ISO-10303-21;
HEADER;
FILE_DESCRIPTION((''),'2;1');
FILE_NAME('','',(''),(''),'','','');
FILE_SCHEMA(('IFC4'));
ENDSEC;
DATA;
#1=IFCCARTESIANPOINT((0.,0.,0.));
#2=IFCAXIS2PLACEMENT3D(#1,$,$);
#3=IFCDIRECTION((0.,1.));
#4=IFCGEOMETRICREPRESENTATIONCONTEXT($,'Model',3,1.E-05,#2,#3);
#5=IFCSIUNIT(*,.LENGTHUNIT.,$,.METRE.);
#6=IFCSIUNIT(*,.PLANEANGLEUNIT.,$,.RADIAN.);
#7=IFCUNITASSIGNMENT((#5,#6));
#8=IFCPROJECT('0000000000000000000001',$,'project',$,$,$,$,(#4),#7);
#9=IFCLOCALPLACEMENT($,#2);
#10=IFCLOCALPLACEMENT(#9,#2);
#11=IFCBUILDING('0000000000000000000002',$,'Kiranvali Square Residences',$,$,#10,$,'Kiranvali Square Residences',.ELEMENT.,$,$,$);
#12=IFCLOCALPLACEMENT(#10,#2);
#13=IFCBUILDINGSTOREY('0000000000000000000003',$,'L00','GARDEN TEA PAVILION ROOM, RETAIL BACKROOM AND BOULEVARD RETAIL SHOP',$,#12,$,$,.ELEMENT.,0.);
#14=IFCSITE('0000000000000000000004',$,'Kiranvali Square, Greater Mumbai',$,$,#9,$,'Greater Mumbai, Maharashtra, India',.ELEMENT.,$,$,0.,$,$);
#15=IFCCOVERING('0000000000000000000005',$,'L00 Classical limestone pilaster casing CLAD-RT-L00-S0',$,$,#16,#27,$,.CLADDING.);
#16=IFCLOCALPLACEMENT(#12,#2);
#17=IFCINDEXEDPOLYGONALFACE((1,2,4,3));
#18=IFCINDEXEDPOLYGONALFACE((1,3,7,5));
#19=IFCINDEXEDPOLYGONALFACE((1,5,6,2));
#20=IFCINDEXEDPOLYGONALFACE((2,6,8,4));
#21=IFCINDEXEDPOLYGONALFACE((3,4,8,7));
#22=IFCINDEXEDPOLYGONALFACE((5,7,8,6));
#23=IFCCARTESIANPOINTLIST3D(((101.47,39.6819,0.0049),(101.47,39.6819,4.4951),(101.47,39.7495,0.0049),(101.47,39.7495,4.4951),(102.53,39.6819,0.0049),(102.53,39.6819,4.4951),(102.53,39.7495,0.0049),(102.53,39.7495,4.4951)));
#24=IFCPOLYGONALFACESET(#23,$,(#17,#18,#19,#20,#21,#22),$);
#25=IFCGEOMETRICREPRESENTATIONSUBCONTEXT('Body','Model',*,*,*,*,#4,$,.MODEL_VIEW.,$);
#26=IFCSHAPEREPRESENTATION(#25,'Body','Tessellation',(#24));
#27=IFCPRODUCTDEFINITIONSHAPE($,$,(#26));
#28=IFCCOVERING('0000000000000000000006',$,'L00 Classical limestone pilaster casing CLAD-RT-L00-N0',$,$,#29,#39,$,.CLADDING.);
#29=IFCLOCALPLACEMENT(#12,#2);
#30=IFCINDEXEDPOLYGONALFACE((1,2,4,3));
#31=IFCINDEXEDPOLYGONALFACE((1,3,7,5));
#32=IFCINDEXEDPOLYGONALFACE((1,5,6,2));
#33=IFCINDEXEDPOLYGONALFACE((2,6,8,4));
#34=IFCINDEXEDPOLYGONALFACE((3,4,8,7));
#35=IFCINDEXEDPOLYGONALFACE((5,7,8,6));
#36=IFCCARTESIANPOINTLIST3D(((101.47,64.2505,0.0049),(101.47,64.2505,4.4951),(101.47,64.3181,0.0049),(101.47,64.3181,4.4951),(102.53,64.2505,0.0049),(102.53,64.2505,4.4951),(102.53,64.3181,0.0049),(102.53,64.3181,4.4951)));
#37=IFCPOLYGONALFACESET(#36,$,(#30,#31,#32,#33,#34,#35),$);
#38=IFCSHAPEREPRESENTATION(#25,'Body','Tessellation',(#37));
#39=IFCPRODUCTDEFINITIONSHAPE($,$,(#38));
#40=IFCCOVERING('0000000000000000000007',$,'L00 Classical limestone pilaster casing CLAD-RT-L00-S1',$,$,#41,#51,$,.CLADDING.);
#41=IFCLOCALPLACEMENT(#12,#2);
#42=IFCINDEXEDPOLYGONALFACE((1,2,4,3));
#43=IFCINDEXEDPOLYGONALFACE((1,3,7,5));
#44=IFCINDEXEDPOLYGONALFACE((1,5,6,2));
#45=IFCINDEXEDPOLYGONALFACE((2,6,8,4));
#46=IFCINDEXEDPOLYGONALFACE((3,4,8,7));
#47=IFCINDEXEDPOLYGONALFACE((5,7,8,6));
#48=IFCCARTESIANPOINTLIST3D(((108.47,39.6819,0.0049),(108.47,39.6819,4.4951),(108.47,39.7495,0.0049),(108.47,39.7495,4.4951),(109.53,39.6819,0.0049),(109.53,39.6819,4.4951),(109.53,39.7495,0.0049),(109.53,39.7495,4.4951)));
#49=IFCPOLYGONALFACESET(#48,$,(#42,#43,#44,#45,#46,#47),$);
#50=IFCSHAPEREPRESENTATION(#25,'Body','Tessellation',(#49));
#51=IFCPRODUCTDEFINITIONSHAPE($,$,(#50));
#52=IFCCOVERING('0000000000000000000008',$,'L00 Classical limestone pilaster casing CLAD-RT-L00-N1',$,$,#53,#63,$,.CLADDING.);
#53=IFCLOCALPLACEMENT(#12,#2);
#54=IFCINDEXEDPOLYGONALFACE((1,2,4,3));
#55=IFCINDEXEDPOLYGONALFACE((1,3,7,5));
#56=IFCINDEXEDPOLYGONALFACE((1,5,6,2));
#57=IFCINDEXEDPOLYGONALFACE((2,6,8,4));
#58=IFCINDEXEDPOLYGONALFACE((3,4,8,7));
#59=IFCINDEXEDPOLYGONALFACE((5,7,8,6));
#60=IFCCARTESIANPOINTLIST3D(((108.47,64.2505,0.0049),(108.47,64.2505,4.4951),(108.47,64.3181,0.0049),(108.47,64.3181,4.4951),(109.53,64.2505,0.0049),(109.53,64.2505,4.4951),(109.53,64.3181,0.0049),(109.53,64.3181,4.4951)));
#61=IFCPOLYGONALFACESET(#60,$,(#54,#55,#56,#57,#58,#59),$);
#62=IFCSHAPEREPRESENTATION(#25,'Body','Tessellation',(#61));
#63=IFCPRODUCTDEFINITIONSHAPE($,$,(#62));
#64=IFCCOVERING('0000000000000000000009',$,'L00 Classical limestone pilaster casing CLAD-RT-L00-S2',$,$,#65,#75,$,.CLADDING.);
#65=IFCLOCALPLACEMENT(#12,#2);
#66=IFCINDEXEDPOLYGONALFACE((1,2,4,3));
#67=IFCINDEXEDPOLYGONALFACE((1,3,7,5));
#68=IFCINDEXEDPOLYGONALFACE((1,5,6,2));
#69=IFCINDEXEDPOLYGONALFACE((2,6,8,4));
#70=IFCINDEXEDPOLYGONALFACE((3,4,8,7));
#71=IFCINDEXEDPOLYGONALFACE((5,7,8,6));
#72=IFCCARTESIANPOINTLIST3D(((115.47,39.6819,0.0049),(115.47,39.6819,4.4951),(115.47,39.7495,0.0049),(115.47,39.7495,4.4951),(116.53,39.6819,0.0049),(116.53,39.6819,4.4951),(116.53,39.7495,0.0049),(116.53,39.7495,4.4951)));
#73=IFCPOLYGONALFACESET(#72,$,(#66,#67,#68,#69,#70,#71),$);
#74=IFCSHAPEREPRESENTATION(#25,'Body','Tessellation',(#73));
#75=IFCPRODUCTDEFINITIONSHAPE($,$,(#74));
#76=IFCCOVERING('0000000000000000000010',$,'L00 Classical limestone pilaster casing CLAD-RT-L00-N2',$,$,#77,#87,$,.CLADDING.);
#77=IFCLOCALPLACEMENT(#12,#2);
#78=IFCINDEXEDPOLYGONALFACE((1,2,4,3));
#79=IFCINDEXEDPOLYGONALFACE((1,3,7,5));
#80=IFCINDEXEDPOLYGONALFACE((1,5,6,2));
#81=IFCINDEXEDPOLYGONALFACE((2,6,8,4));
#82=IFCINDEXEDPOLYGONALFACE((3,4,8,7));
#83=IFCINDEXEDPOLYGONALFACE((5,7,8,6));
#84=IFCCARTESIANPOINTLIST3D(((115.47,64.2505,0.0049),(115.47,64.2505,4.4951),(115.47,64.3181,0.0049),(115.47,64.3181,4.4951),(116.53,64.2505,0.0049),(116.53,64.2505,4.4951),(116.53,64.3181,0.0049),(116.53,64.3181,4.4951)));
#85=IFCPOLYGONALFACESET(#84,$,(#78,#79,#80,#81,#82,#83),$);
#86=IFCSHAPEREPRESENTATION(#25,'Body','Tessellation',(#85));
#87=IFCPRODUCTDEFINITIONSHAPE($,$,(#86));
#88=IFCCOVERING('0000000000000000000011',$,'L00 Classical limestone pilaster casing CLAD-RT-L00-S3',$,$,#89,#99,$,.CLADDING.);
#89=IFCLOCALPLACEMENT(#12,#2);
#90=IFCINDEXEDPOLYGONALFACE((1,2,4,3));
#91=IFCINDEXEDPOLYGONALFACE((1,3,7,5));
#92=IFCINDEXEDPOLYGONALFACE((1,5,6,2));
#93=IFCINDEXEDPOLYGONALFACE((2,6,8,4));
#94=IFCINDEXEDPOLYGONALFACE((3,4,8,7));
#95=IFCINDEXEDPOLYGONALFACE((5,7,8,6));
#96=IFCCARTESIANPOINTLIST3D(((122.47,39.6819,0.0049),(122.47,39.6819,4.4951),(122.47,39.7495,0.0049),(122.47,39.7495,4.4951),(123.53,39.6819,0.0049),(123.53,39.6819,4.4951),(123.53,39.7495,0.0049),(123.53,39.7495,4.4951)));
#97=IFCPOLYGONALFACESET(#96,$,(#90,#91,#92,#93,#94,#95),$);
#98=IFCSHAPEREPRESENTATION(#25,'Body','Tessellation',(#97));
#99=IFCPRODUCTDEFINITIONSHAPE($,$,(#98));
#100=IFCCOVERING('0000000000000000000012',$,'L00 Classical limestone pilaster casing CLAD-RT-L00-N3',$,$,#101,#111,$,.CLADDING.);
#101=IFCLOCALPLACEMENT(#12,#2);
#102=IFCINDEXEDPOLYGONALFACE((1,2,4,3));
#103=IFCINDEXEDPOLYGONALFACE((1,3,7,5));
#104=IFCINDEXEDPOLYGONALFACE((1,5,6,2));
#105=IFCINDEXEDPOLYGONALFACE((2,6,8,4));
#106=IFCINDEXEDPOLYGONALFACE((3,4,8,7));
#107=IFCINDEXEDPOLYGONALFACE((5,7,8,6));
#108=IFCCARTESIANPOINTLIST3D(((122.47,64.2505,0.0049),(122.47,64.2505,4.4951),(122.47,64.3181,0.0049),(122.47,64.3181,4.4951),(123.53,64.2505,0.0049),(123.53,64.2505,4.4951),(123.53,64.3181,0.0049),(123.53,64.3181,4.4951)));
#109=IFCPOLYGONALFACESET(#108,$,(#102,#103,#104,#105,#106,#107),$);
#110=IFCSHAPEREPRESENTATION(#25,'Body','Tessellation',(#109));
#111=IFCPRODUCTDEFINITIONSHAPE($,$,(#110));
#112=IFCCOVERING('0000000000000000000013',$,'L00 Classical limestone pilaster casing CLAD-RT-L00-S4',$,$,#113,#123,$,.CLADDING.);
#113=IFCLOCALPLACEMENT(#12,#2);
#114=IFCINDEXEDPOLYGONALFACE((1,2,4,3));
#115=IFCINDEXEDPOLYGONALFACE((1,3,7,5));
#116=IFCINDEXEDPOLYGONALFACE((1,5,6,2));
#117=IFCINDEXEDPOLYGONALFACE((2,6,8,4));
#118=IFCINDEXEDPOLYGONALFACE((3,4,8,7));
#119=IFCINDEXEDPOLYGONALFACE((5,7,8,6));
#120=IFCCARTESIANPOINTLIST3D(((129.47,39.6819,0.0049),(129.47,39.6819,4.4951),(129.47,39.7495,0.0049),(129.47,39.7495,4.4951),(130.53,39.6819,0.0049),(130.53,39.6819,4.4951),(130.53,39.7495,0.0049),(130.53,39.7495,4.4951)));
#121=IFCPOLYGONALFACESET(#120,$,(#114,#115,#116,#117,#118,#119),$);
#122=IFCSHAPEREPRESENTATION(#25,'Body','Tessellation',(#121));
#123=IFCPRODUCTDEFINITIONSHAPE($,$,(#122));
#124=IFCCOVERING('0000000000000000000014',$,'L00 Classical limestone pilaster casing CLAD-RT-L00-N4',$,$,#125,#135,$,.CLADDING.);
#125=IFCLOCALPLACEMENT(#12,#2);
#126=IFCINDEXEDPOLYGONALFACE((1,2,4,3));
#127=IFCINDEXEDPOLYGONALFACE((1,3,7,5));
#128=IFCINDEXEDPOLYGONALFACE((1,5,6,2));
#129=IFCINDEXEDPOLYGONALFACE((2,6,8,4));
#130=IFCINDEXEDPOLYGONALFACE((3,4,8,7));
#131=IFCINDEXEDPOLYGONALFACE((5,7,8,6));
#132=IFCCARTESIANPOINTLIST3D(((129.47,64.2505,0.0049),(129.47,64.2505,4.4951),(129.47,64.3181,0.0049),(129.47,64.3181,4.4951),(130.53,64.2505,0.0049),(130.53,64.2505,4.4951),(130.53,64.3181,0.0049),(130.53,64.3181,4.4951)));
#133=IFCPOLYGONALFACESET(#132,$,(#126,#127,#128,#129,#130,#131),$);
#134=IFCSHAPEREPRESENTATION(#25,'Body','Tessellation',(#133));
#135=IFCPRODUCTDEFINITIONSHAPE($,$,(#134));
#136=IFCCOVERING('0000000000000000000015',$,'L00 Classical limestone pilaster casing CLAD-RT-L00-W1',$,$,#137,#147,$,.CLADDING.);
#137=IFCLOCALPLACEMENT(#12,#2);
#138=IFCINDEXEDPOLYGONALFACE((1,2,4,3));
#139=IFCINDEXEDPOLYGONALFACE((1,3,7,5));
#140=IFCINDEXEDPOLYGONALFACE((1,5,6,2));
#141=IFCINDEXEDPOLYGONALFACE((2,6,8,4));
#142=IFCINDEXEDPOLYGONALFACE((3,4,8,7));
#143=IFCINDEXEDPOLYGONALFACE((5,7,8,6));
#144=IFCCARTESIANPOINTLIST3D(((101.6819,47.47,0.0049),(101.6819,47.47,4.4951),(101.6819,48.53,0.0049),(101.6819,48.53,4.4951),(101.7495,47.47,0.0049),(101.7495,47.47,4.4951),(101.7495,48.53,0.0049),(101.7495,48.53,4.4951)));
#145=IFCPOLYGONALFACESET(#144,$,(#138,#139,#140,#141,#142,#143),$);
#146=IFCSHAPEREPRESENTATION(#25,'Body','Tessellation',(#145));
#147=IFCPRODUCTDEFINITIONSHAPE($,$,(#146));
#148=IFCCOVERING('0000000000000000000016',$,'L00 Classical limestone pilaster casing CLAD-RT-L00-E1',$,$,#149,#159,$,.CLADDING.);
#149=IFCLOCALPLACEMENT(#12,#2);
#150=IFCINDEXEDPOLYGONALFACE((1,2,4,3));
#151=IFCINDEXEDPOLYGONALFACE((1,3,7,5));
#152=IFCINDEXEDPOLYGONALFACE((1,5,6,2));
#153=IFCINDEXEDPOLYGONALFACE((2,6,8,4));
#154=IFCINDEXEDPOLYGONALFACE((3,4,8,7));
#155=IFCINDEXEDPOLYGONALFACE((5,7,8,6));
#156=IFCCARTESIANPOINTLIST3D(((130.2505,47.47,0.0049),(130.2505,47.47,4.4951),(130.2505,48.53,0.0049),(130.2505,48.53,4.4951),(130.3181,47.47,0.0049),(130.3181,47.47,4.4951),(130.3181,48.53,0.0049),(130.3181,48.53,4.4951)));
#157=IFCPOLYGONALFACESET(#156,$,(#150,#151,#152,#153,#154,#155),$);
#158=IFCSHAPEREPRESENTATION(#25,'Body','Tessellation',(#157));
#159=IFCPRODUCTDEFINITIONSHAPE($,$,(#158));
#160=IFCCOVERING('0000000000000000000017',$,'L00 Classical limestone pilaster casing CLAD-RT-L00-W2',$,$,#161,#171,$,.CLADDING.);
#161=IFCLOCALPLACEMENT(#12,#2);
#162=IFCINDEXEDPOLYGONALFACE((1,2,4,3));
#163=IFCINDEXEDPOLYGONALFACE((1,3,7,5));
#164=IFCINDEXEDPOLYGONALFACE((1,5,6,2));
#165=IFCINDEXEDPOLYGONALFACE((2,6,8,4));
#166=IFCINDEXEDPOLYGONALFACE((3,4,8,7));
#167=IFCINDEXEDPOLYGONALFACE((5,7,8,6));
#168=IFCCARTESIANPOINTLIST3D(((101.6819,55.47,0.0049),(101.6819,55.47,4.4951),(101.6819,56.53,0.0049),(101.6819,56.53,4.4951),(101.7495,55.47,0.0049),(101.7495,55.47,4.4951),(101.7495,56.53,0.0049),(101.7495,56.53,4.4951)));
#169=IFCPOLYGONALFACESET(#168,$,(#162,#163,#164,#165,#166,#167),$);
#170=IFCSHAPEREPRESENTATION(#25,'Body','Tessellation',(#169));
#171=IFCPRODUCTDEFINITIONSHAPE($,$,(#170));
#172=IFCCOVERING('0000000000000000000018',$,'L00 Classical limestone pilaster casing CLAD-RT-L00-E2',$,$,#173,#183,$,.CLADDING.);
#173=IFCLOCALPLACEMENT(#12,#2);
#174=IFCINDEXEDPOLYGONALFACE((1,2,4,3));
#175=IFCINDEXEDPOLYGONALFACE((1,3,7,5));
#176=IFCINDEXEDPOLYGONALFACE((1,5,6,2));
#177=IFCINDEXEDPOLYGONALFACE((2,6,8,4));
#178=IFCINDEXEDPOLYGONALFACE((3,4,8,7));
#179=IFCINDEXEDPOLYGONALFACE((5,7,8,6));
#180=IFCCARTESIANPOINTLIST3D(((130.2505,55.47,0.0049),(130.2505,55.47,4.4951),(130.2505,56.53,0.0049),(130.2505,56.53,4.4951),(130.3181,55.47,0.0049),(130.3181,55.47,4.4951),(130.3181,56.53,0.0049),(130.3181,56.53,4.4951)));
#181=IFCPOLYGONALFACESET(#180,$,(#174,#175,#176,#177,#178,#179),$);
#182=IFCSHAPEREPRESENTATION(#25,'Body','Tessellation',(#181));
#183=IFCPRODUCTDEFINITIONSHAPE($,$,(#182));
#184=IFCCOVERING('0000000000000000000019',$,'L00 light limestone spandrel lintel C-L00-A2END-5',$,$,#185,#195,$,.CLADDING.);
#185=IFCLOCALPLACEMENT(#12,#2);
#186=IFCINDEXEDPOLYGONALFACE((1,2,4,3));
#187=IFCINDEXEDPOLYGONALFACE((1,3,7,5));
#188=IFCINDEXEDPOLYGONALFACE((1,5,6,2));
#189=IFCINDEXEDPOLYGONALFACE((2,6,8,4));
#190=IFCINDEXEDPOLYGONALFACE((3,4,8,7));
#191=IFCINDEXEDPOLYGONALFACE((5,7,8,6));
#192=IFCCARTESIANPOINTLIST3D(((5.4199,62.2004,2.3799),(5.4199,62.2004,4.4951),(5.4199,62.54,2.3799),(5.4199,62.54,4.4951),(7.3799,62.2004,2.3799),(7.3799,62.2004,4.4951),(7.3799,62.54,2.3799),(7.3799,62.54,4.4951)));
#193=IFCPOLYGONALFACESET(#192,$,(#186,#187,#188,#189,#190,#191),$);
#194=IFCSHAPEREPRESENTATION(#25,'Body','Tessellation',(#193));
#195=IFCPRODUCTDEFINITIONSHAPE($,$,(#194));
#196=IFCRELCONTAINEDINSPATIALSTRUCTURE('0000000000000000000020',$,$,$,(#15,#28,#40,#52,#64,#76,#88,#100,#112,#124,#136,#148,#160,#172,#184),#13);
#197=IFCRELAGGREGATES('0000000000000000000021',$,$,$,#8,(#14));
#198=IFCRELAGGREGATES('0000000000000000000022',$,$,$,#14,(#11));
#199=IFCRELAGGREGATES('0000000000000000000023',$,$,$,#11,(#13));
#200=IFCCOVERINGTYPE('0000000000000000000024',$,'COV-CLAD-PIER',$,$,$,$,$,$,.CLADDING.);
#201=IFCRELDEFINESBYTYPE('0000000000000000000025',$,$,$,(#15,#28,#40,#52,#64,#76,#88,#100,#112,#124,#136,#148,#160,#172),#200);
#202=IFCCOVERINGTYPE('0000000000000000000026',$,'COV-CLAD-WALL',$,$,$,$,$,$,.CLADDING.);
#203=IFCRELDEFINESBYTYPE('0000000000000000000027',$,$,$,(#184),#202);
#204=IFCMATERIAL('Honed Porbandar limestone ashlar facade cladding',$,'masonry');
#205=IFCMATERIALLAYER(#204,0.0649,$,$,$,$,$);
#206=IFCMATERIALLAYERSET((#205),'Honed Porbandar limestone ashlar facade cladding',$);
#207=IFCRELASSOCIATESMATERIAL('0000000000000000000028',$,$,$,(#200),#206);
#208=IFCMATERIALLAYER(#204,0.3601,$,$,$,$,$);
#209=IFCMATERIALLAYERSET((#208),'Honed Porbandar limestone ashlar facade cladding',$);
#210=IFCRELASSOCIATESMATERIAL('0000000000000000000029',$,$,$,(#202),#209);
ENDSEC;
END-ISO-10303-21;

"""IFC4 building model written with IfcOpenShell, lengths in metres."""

from ifc_helpers import new_model, si_unit, direction, frame, origin, place, context, subcontext, project, spatial, polyline, outline, extrude, material, layer, layer_set, type_object, element, save


model = new_model("IFC4")

# Units and contexts
model_context = context("Model", 3, precision=1e-05, world=origin(), true_north=direction((0.0, 1.0)))
body_context = subcontext(model_context, "Body", "Model", "MODEL_VIEW")
ifc_project = project(units=[si_unit("LENGTHUNIT", "METRE"), si_unit("PLANEANGLEUNIT", "RADIAN")], contexts=[model_context])

# Site, building, storey
site_placement = place(None, origin())
site = spatial("IfcSite", under=ifc_project, at=site_placement, Name="Kiranvali Square, Greater Mumbai", LongName="Greater Mumbai, Maharashtra, India", CompositionType="ELEMENT", RefElevation=0.0)
building_placement = place(site_placement, origin())
building = spatial("IfcBuilding", under=site, at=building_placement, Name="Kiranvali Square Residences", LongName="Kiranvali Square Residences", CompositionType="ELEMENT")
storey_placement = place(building_placement, origin())
storey = spatial("IfcBuildingStorey", under=building, at=storey_placement, Name="L00", Description="GARDEN TEA PAVILION ROOM, RETAIL BACKROOM AND BOULEVARD RETAIL SHOP", CompositionType="ELEMENT", Elevation=0.0)

# Coverings
ifc_material = material(Name="Honed Porbandar limestone ashlar facade cladding", Category="masonry")
ifc_layer_1 = layer(ifc_material, 0.0649)
ifc_layer_set_1 = layer_set([ifc_layer_1], Name="Honed Porbandar limestone ashlar facade cladding")
covering_type_1 = type_object("IfcCoveringType", Name="COV-CLAD-PIER", PredefinedType="CLADDING", material=ifc_layer_set_1)
covering_1_placement = place(storey_placement, frame((0.0, 0.0, 0.0049)))
element("IfcCovering", 1, at=covering_1_placement, inside=storey, type_object=covering_type_1, Name="L00 Classical limestone pilaster casing CLAD-RT-L00-S0", PredefinedType="CLADDING", context=body_context, shape_type="SweptSolid", body=[
    extrude(outline(polyline([(101.47, 39.6819), (102.53, 39.6819), (102.53, 39.7495), (101.47, 39.7495), (101.47, 39.6819)])), origin(), (0.0, 0.0, 1.0), 4.4902),
])
covering_2_placement = place(storey_placement, frame((0.0, 0.0, 0.0049)))
element("IfcCovering", 2, at=covering_2_placement, inside=storey, type_object=covering_type_1, Name="L00 Classical limestone pilaster casing CLAD-RT-L00-N0", PredefinedType="CLADDING", context=body_context, shape_type="SweptSolid", body=[
    extrude(outline(polyline([(101.47, 64.2505), (102.53, 64.2505), (102.53, 64.3181), (101.47, 64.3181), (101.47, 64.2505)])), origin(), (0.0, 0.0, 1.0), 4.4902),
])
covering_3_placement = place(storey_placement, frame((0.0, 0.0, 0.0049)))
element("IfcCovering", 3, at=covering_3_placement, inside=storey, type_object=covering_type_1, Name="L00 Classical limestone pilaster casing CLAD-RT-L00-S1", PredefinedType="CLADDING", context=body_context, shape_type="SweptSolid", body=[
    extrude(outline(polyline([(108.47, 39.6819), (109.53, 39.6819), (109.53, 39.7495), (108.47, 39.7495), (108.47, 39.6819)])), origin(), (0.0, 0.0, 1.0), 4.4902),
])
covering_4_placement = place(storey_placement, frame((0.0, 0.0, 0.0049)))
element("IfcCovering", 4, at=covering_4_placement, inside=storey, type_object=covering_type_1, Name="L00 Classical limestone pilaster casing CLAD-RT-L00-N1", PredefinedType="CLADDING", context=body_context, shape_type="SweptSolid", body=[
    extrude(outline(polyline([(108.47, 64.2505), (109.53, 64.2505), (109.53, 64.3181), (108.47, 64.3181), (108.47, 64.2505)])), origin(), (0.0, 0.0, 1.0), 4.4902),
])
covering_5_placement = place(storey_placement, frame((0.0, 0.0, 0.0049)))
element("IfcCovering", 5, at=covering_5_placement, inside=storey, type_object=covering_type_1, Name="L00 Classical limestone pilaster casing CLAD-RT-L00-S2", PredefinedType="CLADDING", context=body_context, shape_type="SweptSolid", body=[
    extrude(outline(polyline([(115.47, 39.6819), (116.53, 39.6819), (116.53, 39.7495), (115.47, 39.7495), (115.47, 39.6819)])), origin(), (0.0, 0.0, 1.0), 4.4902),
])
covering_6_placement = place(storey_placement, frame((0.0, 0.0, 0.0049)))
element("IfcCovering", 6, at=covering_6_placement, inside=storey, type_object=covering_type_1, Name="L00 Classical limestone pilaster casing CLAD-RT-L00-N2", PredefinedType="CLADDING", context=body_context, shape_type="SweptSolid", body=[
    extrude(outline(polyline([(115.47, 64.2505), (116.53, 64.2505), (116.53, 64.3181), (115.47, 64.3181), (115.47, 64.2505)])), origin(), (0.0, 0.0, 1.0), 4.4902),
])
covering_7_placement = place(storey_placement, frame((0.0, 0.0, 0.0049)))
element("IfcCovering", 7, at=covering_7_placement, inside=storey, type_object=covering_type_1, Name="L00 Classical limestone pilaster casing CLAD-RT-L00-S3", PredefinedType="CLADDING", context=body_context, shape_type="SweptSolid", body=[
    extrude(outline(polyline([(122.47, 39.6819), (123.53, 39.6819), (123.53, 39.7495), (122.47, 39.7495), (122.47, 39.6819)])), origin(), (0.0, 0.0, 1.0), 4.4902),
])
covering_8_placement = place(storey_placement, frame((0.0, 0.0, 0.0049)))
element("IfcCovering", 8, at=covering_8_placement, inside=storey, type_object=covering_type_1, Name="L00 Classical limestone pilaster casing CLAD-RT-L00-N3", PredefinedType="CLADDING", context=body_context, shape_type="SweptSolid", body=[
    extrude(outline(polyline([(122.47, 64.2505), (123.53, 64.2505), (123.53, 64.3181), (122.47, 64.3181), (122.47, 64.2505)])), origin(), (0.0, 0.0, 1.0), 4.4902),
])
covering_9_placement = place(storey_placement, frame((0.0, 0.0, 0.0049)))
element("IfcCovering", 9, at=covering_9_placement, inside=storey, type_object=covering_type_1, Name="L00 Classical limestone pilaster casing CLAD-RT-L00-S4", PredefinedType="CLADDING", context=body_context, shape_type="SweptSolid", body=[
    extrude(outline(polyline([(129.47, 39.6819), (130.53, 39.6819), (130.53, 39.7495), (129.47, 39.7495), (129.47, 39.6819)])), origin(), (0.0, 0.0, 1.0), 4.4902),
])
covering_10_placement = place(storey_placement, frame((0.0, 0.0, 0.0049)))
element("IfcCovering", 10, at=covering_10_placement, inside=storey, type_object=covering_type_1, Name="L00 Classical limestone pilaster casing CLAD-RT-L00-N4", PredefinedType="CLADDING", context=body_context, shape_type="SweptSolid", body=[
    extrude(outline(polyline([(129.47, 64.2505), (130.53, 64.2505), (130.53, 64.3181), (129.47, 64.3181), (129.47, 64.2505)])), origin(), (0.0, 0.0, 1.0), 4.4902),
])
covering_11_placement = place(storey_placement, frame((0.0, 0.0, 0.0049)))
element("IfcCovering", 11, at=covering_11_placement, inside=storey, type_object=covering_type_1, Name="L00 Classical limestone pilaster casing CLAD-RT-L00-W1", PredefinedType="CLADDING", context=body_context, shape_type="SweptSolid", body=[
    extrude(outline(polyline([(101.7495, 47.47), (101.7495, 48.53), (101.6819, 48.53), (101.6819, 47.47), (101.7495, 47.47)])), origin(), (0.0, 0.0, 1.0), 4.4902),
])
covering_12_placement = place(storey_placement, frame((0.0, 0.0, 0.0049)))
element("IfcCovering", 12, at=covering_12_placement, inside=storey, type_object=covering_type_1, Name="L00 Classical limestone pilaster casing CLAD-RT-L00-E1", PredefinedType="CLADDING", context=body_context, shape_type="SweptSolid", body=[
    extrude(outline(polyline([(130.3181, 47.47), (130.3181, 48.53), (130.2505, 48.53), (130.2505, 47.47), (130.3181, 47.47)])), origin(), (0.0, 0.0, 1.0), 4.4902),
])
covering_13_placement = place(storey_placement, frame((0.0, 0.0, 0.0049)))
element("IfcCovering", 13, at=covering_13_placement, inside=storey, type_object=covering_type_1, Name="L00 Classical limestone pilaster casing CLAD-RT-L00-W2", PredefinedType="CLADDING", context=body_context, shape_type="SweptSolid", body=[
    extrude(outline(polyline([(101.7495, 55.47), (101.7495, 56.53), (101.6819, 56.53), (101.6819, 55.47), (101.7495, 55.47)])), origin(), (0.0, 0.0, 1.0), 4.4902),
])
covering_14_placement = place(storey_placement, frame((0.0, 0.0, 0.0049)))
element("IfcCovering", 14, at=covering_14_placement, inside=storey, type_object=covering_type_1, Name="L00 Classical limestone pilaster casing CLAD-RT-L00-E2", PredefinedType="CLADDING", context=body_context, shape_type="SweptSolid", body=[
    extrude(outline(polyline([(130.3181, 55.47), (130.3181, 56.53), (130.2505, 56.53), (130.2505, 55.47), (130.3181, 55.47)])), origin(), (0.0, 0.0, 1.0), 4.4902),
])
ifc_layer_2 = layer(ifc_material, 0.3601)
ifc_layer_set_2 = layer_set([ifc_layer_2], Name="Honed Porbandar limestone ashlar facade cladding")
covering_type_2 = type_object("IfcCoveringType", Name="COV-CLAD-WALL", PredefinedType="CLADDING", material=ifc_layer_set_2)
covering_15_placement = place(storey_placement, frame((0.0, 0.0, 2.3799)))
element("IfcCovering", 15, at=covering_15_placement, inside=storey, type_object=covering_type_2, Name="L00 light limestone spandrel lintel C-L00-A2END-5", PredefinedType="CLADDING", context=body_context, shape_type="SweptSolid", body=[
    extrude(outline(polyline([(7.3799, 62.54), (5.4199, 62.54), (5.4199, 62.2004), (7.3799, 62.2004), (7.3799, 62.54)])), origin(), (0.0, 0.0, 1.0), 2.1152),
])

save(model, "model.ifc")
